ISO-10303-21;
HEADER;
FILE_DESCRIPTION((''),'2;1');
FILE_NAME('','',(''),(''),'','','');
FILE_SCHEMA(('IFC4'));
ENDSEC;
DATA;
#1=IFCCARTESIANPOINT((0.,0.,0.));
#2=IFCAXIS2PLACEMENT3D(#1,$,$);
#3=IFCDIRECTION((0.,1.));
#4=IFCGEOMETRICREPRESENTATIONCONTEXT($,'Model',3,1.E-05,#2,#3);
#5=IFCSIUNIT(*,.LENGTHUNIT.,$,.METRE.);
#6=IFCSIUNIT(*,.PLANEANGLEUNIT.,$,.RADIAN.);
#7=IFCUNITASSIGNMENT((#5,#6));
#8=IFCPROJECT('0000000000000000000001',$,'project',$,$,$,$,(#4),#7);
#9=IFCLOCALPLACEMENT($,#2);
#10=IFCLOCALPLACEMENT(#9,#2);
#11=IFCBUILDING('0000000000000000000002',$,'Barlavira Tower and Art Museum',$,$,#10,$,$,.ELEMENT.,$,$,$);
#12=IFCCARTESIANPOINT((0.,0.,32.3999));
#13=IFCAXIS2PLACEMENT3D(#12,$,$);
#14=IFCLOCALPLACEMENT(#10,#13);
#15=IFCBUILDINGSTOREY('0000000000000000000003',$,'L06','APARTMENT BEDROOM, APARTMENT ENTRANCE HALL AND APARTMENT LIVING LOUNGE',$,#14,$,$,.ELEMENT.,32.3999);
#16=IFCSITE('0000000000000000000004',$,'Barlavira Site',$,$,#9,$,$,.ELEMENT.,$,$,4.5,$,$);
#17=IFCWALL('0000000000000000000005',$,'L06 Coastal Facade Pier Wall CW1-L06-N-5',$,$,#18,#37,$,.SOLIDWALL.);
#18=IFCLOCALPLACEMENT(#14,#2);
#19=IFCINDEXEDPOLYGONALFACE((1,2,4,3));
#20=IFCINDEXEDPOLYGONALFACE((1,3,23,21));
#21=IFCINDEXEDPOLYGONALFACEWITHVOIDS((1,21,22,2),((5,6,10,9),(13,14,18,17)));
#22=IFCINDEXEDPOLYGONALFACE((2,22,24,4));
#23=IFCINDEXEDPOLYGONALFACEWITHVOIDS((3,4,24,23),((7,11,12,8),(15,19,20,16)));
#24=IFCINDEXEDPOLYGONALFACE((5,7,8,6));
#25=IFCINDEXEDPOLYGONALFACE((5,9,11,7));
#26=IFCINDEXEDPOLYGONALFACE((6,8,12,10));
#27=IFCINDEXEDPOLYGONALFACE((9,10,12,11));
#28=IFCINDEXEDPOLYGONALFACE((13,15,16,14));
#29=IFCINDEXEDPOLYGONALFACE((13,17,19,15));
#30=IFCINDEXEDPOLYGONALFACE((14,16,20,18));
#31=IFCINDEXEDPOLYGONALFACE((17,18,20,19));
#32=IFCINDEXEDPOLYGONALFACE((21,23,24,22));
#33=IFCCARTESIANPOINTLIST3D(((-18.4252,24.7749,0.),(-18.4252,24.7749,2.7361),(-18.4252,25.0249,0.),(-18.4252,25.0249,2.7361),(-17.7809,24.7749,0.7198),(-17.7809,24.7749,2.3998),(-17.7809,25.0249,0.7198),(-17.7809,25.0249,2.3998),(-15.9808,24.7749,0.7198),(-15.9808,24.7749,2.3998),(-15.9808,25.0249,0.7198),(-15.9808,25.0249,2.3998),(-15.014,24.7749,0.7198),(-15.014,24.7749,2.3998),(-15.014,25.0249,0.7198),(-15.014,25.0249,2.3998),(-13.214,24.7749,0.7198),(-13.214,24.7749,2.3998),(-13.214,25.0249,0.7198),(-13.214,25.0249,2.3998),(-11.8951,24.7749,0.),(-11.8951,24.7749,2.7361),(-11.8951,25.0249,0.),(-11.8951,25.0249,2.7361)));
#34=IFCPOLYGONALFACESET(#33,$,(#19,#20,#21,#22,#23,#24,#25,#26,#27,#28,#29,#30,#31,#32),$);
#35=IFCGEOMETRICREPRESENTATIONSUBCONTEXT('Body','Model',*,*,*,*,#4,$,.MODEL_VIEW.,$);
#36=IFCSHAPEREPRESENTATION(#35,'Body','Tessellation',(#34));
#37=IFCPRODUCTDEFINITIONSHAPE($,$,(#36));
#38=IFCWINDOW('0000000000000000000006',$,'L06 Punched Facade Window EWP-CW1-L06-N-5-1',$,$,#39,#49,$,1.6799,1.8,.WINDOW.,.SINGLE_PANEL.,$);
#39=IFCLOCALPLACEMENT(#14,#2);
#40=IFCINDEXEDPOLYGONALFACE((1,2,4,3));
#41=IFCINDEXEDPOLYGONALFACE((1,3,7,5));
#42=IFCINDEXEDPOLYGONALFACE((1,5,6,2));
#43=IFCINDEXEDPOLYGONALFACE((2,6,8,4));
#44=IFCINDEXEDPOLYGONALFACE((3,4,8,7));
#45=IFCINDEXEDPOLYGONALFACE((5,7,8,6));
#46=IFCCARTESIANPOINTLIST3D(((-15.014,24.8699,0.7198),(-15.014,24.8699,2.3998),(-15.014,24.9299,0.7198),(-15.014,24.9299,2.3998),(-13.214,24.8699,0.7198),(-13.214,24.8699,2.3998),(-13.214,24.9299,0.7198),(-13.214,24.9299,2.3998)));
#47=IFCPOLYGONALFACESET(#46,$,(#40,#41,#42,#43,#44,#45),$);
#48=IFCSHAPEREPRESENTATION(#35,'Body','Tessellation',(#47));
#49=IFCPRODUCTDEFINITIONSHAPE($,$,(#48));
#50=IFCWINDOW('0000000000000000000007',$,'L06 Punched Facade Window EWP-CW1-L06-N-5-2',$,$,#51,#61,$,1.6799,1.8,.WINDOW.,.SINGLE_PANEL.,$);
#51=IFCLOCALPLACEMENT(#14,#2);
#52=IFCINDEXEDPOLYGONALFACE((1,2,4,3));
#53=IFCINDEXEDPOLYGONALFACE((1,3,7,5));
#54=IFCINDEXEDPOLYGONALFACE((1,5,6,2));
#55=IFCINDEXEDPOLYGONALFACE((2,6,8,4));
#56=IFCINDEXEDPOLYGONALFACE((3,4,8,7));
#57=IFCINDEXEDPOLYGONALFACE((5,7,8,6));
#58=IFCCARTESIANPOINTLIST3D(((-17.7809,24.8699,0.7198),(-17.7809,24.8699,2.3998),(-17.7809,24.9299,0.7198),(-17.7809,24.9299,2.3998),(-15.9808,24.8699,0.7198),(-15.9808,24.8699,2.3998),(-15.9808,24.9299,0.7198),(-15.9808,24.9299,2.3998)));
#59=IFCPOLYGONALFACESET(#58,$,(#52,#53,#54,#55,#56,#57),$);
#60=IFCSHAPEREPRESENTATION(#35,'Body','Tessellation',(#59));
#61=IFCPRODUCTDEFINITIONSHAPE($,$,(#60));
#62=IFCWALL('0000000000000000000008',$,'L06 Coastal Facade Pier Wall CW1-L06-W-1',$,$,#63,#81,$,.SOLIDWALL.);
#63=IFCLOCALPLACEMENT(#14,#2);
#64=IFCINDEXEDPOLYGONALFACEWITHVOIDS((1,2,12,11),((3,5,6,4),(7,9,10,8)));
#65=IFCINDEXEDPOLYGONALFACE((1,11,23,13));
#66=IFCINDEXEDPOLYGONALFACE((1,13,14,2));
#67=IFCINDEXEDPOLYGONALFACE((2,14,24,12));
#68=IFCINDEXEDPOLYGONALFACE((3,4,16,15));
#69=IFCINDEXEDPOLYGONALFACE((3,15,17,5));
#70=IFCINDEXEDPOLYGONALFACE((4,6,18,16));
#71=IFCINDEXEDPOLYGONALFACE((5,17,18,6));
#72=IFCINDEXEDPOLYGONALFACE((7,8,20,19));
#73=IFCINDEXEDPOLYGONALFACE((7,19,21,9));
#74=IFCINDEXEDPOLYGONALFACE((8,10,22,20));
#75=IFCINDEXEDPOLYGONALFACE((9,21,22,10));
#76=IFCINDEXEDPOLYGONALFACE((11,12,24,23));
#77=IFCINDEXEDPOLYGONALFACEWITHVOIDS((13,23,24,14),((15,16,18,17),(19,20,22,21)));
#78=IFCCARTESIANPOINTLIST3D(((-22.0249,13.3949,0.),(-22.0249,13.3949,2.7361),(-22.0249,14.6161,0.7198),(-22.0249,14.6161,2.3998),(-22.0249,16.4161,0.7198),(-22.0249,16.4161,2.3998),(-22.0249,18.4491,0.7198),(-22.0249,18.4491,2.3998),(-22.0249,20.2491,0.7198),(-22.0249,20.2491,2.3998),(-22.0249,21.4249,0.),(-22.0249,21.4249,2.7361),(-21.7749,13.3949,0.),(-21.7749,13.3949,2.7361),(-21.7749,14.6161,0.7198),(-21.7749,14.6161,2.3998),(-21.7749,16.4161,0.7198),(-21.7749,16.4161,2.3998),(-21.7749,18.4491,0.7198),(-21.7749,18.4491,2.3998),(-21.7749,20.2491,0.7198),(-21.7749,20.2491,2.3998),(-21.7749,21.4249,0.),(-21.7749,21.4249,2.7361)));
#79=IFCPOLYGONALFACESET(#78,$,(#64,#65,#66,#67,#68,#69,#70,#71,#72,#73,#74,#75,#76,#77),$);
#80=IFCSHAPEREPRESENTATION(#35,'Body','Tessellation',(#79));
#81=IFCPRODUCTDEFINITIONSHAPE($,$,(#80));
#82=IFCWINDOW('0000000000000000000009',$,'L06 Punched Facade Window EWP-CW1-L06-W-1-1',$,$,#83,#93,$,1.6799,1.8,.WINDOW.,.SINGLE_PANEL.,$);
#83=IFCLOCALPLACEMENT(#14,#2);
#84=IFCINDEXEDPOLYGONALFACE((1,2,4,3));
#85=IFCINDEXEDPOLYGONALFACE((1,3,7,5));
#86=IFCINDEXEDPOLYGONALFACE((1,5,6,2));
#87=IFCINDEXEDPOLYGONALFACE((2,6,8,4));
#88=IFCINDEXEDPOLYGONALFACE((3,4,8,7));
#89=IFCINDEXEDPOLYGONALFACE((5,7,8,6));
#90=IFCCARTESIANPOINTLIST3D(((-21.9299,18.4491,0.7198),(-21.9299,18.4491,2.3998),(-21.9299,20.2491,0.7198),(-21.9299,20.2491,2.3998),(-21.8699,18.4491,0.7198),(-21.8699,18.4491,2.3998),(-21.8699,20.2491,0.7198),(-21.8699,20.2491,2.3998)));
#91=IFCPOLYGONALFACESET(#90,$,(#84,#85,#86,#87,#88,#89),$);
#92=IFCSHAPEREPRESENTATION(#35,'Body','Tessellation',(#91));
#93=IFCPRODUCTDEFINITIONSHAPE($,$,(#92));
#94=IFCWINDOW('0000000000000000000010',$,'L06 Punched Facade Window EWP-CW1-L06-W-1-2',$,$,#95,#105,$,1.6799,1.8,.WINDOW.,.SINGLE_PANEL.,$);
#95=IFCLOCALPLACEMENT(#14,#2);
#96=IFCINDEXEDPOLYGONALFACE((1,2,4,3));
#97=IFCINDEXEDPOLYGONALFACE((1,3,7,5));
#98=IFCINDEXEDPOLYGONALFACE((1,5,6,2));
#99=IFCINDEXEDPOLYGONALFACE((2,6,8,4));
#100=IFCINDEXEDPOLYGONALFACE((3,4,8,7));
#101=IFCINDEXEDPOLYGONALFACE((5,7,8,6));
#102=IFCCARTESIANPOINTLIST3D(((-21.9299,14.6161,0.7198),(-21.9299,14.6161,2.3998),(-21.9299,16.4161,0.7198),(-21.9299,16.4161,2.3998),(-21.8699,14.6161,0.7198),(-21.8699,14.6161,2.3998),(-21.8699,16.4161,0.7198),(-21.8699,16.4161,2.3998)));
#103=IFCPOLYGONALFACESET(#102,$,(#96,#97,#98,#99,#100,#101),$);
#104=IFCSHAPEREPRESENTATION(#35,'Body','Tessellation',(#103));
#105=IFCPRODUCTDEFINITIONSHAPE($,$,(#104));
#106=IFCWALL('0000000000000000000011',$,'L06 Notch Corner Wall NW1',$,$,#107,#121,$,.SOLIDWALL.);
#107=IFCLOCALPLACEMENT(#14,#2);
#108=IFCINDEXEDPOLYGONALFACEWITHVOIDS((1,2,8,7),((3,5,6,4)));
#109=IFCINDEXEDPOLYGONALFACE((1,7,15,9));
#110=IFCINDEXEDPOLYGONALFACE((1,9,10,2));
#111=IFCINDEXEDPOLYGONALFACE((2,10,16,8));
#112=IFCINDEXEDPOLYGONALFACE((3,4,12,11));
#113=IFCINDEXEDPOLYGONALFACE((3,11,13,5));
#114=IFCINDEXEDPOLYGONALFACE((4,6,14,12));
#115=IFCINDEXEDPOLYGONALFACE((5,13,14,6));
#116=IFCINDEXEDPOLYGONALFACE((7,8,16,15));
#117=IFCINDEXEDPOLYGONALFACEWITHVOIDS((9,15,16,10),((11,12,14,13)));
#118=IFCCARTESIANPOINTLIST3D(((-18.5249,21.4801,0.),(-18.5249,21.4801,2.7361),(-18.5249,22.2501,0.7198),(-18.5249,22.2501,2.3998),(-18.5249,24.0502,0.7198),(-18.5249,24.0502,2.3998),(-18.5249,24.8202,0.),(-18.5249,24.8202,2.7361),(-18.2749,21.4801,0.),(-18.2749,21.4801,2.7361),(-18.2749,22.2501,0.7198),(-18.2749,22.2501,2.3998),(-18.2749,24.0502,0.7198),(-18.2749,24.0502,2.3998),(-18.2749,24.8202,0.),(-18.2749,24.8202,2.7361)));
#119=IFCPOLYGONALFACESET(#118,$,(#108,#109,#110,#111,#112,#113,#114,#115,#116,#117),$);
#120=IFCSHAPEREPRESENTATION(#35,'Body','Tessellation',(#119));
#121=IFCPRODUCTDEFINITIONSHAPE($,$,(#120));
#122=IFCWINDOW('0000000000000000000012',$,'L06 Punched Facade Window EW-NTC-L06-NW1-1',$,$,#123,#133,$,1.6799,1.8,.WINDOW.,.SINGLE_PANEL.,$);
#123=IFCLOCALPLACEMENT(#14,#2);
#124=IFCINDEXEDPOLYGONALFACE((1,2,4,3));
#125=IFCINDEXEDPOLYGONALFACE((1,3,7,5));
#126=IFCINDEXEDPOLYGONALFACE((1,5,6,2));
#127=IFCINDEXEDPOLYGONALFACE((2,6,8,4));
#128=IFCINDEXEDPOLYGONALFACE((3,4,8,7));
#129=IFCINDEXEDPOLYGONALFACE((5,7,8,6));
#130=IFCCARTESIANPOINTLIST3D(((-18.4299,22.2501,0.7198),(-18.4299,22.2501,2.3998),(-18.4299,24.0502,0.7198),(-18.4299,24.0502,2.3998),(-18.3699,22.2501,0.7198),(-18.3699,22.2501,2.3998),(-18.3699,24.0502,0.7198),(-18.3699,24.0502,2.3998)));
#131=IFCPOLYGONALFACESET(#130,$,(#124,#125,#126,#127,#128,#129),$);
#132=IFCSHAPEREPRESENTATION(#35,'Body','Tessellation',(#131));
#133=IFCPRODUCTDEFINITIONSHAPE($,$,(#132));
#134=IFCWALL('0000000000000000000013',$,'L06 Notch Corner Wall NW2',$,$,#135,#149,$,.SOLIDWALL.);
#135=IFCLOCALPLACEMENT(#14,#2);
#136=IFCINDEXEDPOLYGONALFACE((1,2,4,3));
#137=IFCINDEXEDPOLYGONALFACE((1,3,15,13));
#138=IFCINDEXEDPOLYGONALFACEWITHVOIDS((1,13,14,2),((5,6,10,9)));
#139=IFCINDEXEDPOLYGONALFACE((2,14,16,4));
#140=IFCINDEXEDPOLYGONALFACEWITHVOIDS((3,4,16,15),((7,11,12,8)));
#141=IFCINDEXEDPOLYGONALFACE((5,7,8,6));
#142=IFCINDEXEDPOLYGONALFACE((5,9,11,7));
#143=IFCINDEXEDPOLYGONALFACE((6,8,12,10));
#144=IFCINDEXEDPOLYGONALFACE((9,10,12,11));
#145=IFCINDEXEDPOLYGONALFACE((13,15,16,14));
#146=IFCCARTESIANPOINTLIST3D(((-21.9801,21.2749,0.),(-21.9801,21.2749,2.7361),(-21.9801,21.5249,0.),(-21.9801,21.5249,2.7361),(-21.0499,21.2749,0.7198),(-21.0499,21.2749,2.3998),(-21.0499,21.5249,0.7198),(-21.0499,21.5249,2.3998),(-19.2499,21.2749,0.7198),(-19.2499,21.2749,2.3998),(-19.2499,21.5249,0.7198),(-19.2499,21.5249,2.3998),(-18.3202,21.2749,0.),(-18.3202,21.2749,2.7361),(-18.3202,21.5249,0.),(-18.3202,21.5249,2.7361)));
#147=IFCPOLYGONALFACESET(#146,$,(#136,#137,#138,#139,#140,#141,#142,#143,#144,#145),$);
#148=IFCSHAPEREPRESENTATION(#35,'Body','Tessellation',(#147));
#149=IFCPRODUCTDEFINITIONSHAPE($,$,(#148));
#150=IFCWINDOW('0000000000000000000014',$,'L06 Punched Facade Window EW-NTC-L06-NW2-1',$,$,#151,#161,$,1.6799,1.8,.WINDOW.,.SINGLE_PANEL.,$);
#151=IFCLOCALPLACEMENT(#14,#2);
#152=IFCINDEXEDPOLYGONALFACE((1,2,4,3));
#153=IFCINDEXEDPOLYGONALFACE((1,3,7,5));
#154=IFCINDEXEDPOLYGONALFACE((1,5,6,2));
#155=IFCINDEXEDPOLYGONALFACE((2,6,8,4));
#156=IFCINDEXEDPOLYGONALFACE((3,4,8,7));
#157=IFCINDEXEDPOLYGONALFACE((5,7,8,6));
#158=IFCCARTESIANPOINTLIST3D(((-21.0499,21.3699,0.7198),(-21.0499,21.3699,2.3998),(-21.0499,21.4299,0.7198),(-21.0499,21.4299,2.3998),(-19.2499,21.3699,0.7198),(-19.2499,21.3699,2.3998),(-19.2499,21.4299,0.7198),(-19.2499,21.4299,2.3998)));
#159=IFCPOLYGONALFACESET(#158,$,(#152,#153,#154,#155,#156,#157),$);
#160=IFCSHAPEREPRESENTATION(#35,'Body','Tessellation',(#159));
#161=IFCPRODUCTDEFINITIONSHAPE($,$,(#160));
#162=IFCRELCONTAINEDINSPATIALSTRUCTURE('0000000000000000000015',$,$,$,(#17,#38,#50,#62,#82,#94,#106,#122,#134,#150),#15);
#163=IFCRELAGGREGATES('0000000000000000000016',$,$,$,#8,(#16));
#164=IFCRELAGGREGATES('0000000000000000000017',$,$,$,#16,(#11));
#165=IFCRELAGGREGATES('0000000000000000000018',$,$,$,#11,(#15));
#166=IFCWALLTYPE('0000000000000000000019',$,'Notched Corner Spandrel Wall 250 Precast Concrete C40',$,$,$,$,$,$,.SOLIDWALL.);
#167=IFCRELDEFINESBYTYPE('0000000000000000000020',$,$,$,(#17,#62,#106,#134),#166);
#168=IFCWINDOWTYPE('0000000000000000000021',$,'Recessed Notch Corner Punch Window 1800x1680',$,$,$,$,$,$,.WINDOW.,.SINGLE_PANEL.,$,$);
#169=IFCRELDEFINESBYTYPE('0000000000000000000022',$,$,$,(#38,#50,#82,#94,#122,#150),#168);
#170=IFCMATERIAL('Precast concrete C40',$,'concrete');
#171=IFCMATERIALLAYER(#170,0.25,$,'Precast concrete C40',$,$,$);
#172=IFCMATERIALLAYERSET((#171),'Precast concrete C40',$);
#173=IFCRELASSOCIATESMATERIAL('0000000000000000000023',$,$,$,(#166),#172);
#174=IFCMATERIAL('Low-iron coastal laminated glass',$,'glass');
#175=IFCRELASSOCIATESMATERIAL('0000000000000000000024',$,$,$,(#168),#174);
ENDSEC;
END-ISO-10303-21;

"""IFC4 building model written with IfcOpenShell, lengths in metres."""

from ifc_helpers import new_model, si_unit, direction, frame, frame_2d, origin, place, context, subcontext, project, spatial, rectangle, extrude, material, layer, layer_set, type_object, element, fill, save


model = new_model("IFC4")

# Units and contexts
model_context = context("Model", 3, precision=1e-05, world=origin(), true_north=direction((0.0, 1.0)))
body_context = subcontext(model_context, "Body", "Model", "MODEL_VIEW")
ifc_project = project(units=[si_unit("LENGTHUNIT", "METRE"), si_unit("PLANEANGLEUNIT", "RADIAN")], contexts=[model_context])

# Site, building, storey
site_placement = place(None, origin())
site = spatial("IfcSite", under=ifc_project, at=site_placement, Name="Barlavira Site", CompositionType="ELEMENT", RefElevation=4.5)
building_placement = place(site_placement, origin())
building = spatial("IfcBuilding", under=site, at=building_placement, Name="Barlavira Tower and Art Museum", CompositionType="ELEMENT")
storey_placement = place(building_placement, frame((0.0, 0.0, 32.3999)))
storey = spatial("IfcBuildingStorey", under=building, at=storey_placement, Name="L06", Description="APARTMENT BEDROOM, APARTMENT ENTRANCE HALL AND APARTMENT LIVING LOUNGE", CompositionType="ELEMENT", Elevation=32.3999)

# Shared definitions
ifc_material_1 = material(Name="Precast concrete C40", Category="concrete")
ifc_layer_1 = layer(ifc_material_1, 0.25, Name="Precast concrete C40")
ifc_layer_set_1 = layer_set([ifc_layer_1], Name="Precast concrete C40")
wall_type_1 = type_object("IfcWallType", Name="Notched Corner Spandrel Wall 250 Precast Concrete C40", PredefinedType="SOLIDWALL", material=ifc_layer_set_1)
ifc_material_2 = material(Name="Low-iron coastal laminated glass", Category="glass")
window_type = type_object("IfcWindowType", Name="Recessed Notch Corner Punch Window 1800x1680", PartitioningType="SINGLE_PANEL", PredefinedType="WINDOW", material=ifc_material_2)

# Walls, openings, windows
wall_1_placement = place(storey_placement, frame((-11.895, 24.8999, 0.0), z_axis=(0.0, 0.0, 1.0), x_axis=(-1.0, 0.0, 0.0)))
wall_1 = element("IfcWall", 1, at=wall_1_placement, inside=storey, type_object=wall_type_1, Name="L06 Coastal Facade Pier Wall CW1-L06-N-5", PredefinedType="SOLIDWALL", context=body_context, shape_type="SweptSolid", body=[
    extrude(rectangle(XDim=6.53, YDim=0.25, at=frame_2d((3.2651, 0.0))), origin(), (0.0, 0.0, 1.0), 2.7361),
])
opening_1_placement = place(wall_1_placement, frame((1.3191, 0.0, 0.72)))
opening_1 = element("IfcOpeningElement", 2, at=opening_1_placement, cuts=wall_1, PredefinedType="OPENING", context=body_context, shape_type="SweptSolid", body=[
    extrude(rectangle(XDim=1.8, YDim=1.6799, at=frame_2d((0.8999, 0.8398))), frame((0.0, 0.135, 0.0), z_axis=(0.0, -1.0, 0.0), x_axis=(1.0, 0.0, 0.0)), (0.0, 0.0, 1.0), 0.27),
])
opening_2_placement = place(wall_1_placement, frame((4.0859, 0.0, 0.72)))
opening_2 = element("IfcOpeningElement", 3, at=opening_2_placement, cuts=wall_1, PredefinedType="OPENING", context=body_context, shape_type="SweptSolid", body=[
    extrude(rectangle(XDim=1.8, YDim=1.6799, at=frame_2d((0.8999, 0.8398))), frame((0.0, 0.135, 0.0), z_axis=(0.0, -1.0, 0.0), x_axis=(1.0, 0.0, 0.0)), (0.0, 0.0, 1.0), 0.27),
])
window_1_placement = place(opening_1_placement, origin())
window_1 = element("IfcWindow", 4, at=window_1_placement, inside=storey, type_object=window_type, Name="L06 Punched Facade Window EWP-CW1-L06-N-5-1", OverallHeight=1.6799, OverallWidth=1.8, PartitioningType="SINGLE_PANEL", PredefinedType="WINDOW", context=body_context, shape_type="SweptSolid", body=[
    extrude(rectangle(XDim=1.8, YDim=1.6799, at=frame_2d((0.8999, 0.8398))), frame((0.0, 0.03, 0.0), z_axis=(0.0, -1.0, 0.0), x_axis=(1.0, 0.0, 0.0)), (0.0, 0.0, 1.0), 0.0601),
])
fill(opening_1, window_1)
window_2_placement = place(opening_2_placement, origin())
window_2 = element("IfcWindow", 5, at=window_2_placement, inside=storey, type_object=window_type, Name="L06 Punched Facade Window EWP-CW1-L06-N-5-2", OverallHeight=1.6799, OverallWidth=1.8, PartitioningType="SINGLE_PANEL", PredefinedType="WINDOW", context=body_context, shape_type="SweptSolid", body=[
    extrude(rectangle(XDim=1.8, YDim=1.6799, at=frame_2d((0.8999, 0.8398))), frame((0.0, 0.03, 0.0), z_axis=(0.0, -1.0, 0.0), x_axis=(1.0, 0.0, 0.0)), (0.0, 0.0, 1.0), 0.0601),
])
fill(opening_2, window_2)
wall_2_placement = place(storey_placement, frame((-21.8999, 21.425, 0.0), z_axis=(0.0, 0.0, 1.0), x_axis=(0.0, -1.0, 0.0)))
wall_2 = element("IfcWall", 6, at=wall_2_placement, inside=storey, type_object=wall_type_1, Name="L06 Coastal Facade Pier Wall CW1-L06-W-1", PredefinedType="SOLIDWALL", context=body_context, shape_type="SweptSolid", body=[
    extrude(rectangle(XDim=8.03, YDim=0.25, at=frame_2d((4.0151, 0.0))), origin(), (0.0, 0.0, 1.0), 2.7361),
])
opening_3_placement = place(wall_2_placement, frame((1.176, 0.0, 0.72)))
opening_3 = element("IfcOpeningElement", 7, at=opening_3_placement, cuts=wall_2, PredefinedType="OPENING", context=body_context, shape_type="SweptSolid", body=[
    extrude(rectangle(XDim=1.8, YDim=1.6799, at=frame_2d((0.8999, 0.8398))), frame((0.0, 0.135, 0.0), z_axis=(0.0, -1.0, 0.0), x_axis=(1.0, 0.0, 0.0)), (0.0, 0.0, 1.0), 0.27),
])
opening_4_placement = place(wall_2_placement, frame((5.009, 0.0, 0.72)))
opening_4 = element("IfcOpeningElement", 8, at=opening_4_placement, cuts=wall_2, PredefinedType="OPENING", context=body_context, shape_type="SweptSolid", body=[
    extrude(rectangle(XDim=1.8, YDim=1.6799, at=frame_2d((0.8999, 0.8398))), frame((0.0, 0.135, 0.0), z_axis=(0.0, -1.0, 0.0), x_axis=(1.0, 0.0, 0.0)), (0.0, 0.0, 1.0), 0.27),
])
window_3_placement = place(opening_3_placement, origin())
window_3 = element("IfcWindow", 9, at=window_3_placement, inside=storey, type_object=window_type, Name="L06 Punched Facade Window EWP-CW1-L06-W-1-1", OverallHeight=1.6799, OverallWidth=1.8, PartitioningType="SINGLE_PANEL", PredefinedType="WINDOW", context=body_context, shape_type="SweptSolid", body=[
    extrude(rectangle(XDim=1.8, YDim=1.6799, at=frame_2d((0.8999, 0.8398))), frame((0.0, 0.03, 0.0), z_axis=(0.0, -1.0, 0.0), x_axis=(1.0, 0.0, 0.0)), (0.0, 0.0, 1.0), 0.0601),
])
fill(opening_3, window_3)
window_4_placement = place(opening_4_placement, origin())
window_4 = element("IfcWindow", 10, at=window_4_placement, inside=storey, type_object=window_type, Name="L06 Punched Facade Window EWP-CW1-L06-W-1-2", OverallHeight=1.6799, OverallWidth=1.8, PartitioningType="SINGLE_PANEL", PredefinedType="WINDOW", context=body_context, shape_type="SweptSolid", body=[
    extrude(rectangle(XDim=1.8, YDim=1.6799, at=frame_2d((0.8999, 0.8398))), frame((0.0, 0.03, 0.0), z_axis=(0.0, -1.0, 0.0), x_axis=(1.0, 0.0, 0.0)), (0.0, 0.0, 1.0), 0.0601),
])
fill(opening_4, window_4)

# Walls, openings, windows
wall_3_placement = place(storey_placement, frame((-18.3999, 24.8201, 0.0), z_axis=(0.0, 0.0, 1.0), x_axis=(0.0, -1.0, 0.0)))
wall_3 = element("IfcWall", 11, at=wall_3_placement, inside=storey, type_object=wall_type_1, Name="L06 Notch Corner Wall NW1", PredefinedType="SOLIDWALL", context=body_context, shape_type="SweptSolid", body=[
    extrude(rectangle(XDim=3.3401, YDim=0.25, at=frame_2d((1.6699, 0.0))), origin(), (0.0, 0.0, 1.0), 2.7361),
])
opening_5_placement = place(wall_3_placement, frame((0.77, 0.0, 0.72)))
opening_5 = element("IfcOpeningElement", 12, at=opening_5_placement, cuts=wall_3, PredefinedType="OPENING", context=body_context, shape_type="SweptSolid", body=[
    extrude(rectangle(XDim=1.8, YDim=1.6799, at=frame_2d((0.8999, 0.8398))), frame((0.0, 0.135, 0.0), z_axis=(0.0, -1.0, 0.0), x_axis=(1.0, 0.0, 0.0)), (0.0, 0.0, 1.0), 0.27),
])
window_5_placement = place(opening_5_placement, origin())
window_5 = element("IfcWindow", 13, at=window_5_placement, inside=storey, type_object=window_type, Name="L06 Punched Facade Window EW-NTC-L06-NW1-1", OverallHeight=1.6799, OverallWidth=1.8, PartitioningType="SINGLE_PANEL", PredefinedType="WINDOW", context=body_context, shape_type="SweptSolid", body=[
    extrude(rectangle(XDim=1.8, YDim=1.6799, at=frame_2d((0.8999, 0.8398))), frame((0.0, 0.03, 0.0), z_axis=(0.0, -1.0, 0.0), x_axis=(1.0, 0.0, 0.0)), (0.0, 0.0, 1.0), 0.0601),
])
fill(opening_5, window_5)
wall_4_placement = place(storey_placement, frame((-18.3201, 21.3999, 0.0), z_axis=(0.0, 0.0, 1.0), x_axis=(-1.0, 0.0, 0.0)))
wall_4 = element("IfcWall", 14, at=wall_4_placement, inside=storey, type_object=wall_type_1, Name="L06 Notch Corner Wall NW2", PredefinedType="SOLIDWALL", context=body_context, shape_type="SweptSolid", body=[
    extrude(rectangle(XDim=3.6599, YDim=0.25, at=frame_2d((1.8301, 0.0))), origin(), (0.0, 0.0, 1.0), 2.7361),
])
opening_6_placement = place(wall_4_placement, frame((0.9299, 0.0, 0.72)))
opening_6 = element("IfcOpeningElement", 15, at=opening_6_placement, cuts=wall_4, PredefinedType="OPENING", context=body_context, shape_type="SweptSolid", body=[
    extrude(rectangle(XDim=1.8, YDim=1.6799, at=frame_2d((0.8999, 0.8398))), frame((0.0, 0.135, 0.0), z_axis=(0.0, -1.0, 0.0), x_axis=(1.0, 0.0, 0.0)), (0.0, 0.0, 1.0), 0.27),
])
window_6_placement = place(opening_6_placement, origin())
window_6 = element("IfcWindow", 16, at=window_6_placement, inside=storey, type_object=window_type, Name="L06 Punched Facade Window EW-NTC-L06-NW2-1", OverallHeight=1.6799, OverallWidth=1.8, PartitioningType="SINGLE_PANEL", PredefinedType="WINDOW", context=body_context, shape_type="SweptSolid", body=[
    extrude(rectangle(XDim=1.8, YDim=1.6799, at=frame_2d((0.8999, 0.8398))), frame((0.0, 0.03, 0.0), z_axis=(0.0, -1.0, 0.0), x_axis=(1.0, 0.0, 0.0)), (0.0, 0.0, 1.0), 0.0601),
])
fill(opening_6, window_6)

save(model, "model.ifc")
